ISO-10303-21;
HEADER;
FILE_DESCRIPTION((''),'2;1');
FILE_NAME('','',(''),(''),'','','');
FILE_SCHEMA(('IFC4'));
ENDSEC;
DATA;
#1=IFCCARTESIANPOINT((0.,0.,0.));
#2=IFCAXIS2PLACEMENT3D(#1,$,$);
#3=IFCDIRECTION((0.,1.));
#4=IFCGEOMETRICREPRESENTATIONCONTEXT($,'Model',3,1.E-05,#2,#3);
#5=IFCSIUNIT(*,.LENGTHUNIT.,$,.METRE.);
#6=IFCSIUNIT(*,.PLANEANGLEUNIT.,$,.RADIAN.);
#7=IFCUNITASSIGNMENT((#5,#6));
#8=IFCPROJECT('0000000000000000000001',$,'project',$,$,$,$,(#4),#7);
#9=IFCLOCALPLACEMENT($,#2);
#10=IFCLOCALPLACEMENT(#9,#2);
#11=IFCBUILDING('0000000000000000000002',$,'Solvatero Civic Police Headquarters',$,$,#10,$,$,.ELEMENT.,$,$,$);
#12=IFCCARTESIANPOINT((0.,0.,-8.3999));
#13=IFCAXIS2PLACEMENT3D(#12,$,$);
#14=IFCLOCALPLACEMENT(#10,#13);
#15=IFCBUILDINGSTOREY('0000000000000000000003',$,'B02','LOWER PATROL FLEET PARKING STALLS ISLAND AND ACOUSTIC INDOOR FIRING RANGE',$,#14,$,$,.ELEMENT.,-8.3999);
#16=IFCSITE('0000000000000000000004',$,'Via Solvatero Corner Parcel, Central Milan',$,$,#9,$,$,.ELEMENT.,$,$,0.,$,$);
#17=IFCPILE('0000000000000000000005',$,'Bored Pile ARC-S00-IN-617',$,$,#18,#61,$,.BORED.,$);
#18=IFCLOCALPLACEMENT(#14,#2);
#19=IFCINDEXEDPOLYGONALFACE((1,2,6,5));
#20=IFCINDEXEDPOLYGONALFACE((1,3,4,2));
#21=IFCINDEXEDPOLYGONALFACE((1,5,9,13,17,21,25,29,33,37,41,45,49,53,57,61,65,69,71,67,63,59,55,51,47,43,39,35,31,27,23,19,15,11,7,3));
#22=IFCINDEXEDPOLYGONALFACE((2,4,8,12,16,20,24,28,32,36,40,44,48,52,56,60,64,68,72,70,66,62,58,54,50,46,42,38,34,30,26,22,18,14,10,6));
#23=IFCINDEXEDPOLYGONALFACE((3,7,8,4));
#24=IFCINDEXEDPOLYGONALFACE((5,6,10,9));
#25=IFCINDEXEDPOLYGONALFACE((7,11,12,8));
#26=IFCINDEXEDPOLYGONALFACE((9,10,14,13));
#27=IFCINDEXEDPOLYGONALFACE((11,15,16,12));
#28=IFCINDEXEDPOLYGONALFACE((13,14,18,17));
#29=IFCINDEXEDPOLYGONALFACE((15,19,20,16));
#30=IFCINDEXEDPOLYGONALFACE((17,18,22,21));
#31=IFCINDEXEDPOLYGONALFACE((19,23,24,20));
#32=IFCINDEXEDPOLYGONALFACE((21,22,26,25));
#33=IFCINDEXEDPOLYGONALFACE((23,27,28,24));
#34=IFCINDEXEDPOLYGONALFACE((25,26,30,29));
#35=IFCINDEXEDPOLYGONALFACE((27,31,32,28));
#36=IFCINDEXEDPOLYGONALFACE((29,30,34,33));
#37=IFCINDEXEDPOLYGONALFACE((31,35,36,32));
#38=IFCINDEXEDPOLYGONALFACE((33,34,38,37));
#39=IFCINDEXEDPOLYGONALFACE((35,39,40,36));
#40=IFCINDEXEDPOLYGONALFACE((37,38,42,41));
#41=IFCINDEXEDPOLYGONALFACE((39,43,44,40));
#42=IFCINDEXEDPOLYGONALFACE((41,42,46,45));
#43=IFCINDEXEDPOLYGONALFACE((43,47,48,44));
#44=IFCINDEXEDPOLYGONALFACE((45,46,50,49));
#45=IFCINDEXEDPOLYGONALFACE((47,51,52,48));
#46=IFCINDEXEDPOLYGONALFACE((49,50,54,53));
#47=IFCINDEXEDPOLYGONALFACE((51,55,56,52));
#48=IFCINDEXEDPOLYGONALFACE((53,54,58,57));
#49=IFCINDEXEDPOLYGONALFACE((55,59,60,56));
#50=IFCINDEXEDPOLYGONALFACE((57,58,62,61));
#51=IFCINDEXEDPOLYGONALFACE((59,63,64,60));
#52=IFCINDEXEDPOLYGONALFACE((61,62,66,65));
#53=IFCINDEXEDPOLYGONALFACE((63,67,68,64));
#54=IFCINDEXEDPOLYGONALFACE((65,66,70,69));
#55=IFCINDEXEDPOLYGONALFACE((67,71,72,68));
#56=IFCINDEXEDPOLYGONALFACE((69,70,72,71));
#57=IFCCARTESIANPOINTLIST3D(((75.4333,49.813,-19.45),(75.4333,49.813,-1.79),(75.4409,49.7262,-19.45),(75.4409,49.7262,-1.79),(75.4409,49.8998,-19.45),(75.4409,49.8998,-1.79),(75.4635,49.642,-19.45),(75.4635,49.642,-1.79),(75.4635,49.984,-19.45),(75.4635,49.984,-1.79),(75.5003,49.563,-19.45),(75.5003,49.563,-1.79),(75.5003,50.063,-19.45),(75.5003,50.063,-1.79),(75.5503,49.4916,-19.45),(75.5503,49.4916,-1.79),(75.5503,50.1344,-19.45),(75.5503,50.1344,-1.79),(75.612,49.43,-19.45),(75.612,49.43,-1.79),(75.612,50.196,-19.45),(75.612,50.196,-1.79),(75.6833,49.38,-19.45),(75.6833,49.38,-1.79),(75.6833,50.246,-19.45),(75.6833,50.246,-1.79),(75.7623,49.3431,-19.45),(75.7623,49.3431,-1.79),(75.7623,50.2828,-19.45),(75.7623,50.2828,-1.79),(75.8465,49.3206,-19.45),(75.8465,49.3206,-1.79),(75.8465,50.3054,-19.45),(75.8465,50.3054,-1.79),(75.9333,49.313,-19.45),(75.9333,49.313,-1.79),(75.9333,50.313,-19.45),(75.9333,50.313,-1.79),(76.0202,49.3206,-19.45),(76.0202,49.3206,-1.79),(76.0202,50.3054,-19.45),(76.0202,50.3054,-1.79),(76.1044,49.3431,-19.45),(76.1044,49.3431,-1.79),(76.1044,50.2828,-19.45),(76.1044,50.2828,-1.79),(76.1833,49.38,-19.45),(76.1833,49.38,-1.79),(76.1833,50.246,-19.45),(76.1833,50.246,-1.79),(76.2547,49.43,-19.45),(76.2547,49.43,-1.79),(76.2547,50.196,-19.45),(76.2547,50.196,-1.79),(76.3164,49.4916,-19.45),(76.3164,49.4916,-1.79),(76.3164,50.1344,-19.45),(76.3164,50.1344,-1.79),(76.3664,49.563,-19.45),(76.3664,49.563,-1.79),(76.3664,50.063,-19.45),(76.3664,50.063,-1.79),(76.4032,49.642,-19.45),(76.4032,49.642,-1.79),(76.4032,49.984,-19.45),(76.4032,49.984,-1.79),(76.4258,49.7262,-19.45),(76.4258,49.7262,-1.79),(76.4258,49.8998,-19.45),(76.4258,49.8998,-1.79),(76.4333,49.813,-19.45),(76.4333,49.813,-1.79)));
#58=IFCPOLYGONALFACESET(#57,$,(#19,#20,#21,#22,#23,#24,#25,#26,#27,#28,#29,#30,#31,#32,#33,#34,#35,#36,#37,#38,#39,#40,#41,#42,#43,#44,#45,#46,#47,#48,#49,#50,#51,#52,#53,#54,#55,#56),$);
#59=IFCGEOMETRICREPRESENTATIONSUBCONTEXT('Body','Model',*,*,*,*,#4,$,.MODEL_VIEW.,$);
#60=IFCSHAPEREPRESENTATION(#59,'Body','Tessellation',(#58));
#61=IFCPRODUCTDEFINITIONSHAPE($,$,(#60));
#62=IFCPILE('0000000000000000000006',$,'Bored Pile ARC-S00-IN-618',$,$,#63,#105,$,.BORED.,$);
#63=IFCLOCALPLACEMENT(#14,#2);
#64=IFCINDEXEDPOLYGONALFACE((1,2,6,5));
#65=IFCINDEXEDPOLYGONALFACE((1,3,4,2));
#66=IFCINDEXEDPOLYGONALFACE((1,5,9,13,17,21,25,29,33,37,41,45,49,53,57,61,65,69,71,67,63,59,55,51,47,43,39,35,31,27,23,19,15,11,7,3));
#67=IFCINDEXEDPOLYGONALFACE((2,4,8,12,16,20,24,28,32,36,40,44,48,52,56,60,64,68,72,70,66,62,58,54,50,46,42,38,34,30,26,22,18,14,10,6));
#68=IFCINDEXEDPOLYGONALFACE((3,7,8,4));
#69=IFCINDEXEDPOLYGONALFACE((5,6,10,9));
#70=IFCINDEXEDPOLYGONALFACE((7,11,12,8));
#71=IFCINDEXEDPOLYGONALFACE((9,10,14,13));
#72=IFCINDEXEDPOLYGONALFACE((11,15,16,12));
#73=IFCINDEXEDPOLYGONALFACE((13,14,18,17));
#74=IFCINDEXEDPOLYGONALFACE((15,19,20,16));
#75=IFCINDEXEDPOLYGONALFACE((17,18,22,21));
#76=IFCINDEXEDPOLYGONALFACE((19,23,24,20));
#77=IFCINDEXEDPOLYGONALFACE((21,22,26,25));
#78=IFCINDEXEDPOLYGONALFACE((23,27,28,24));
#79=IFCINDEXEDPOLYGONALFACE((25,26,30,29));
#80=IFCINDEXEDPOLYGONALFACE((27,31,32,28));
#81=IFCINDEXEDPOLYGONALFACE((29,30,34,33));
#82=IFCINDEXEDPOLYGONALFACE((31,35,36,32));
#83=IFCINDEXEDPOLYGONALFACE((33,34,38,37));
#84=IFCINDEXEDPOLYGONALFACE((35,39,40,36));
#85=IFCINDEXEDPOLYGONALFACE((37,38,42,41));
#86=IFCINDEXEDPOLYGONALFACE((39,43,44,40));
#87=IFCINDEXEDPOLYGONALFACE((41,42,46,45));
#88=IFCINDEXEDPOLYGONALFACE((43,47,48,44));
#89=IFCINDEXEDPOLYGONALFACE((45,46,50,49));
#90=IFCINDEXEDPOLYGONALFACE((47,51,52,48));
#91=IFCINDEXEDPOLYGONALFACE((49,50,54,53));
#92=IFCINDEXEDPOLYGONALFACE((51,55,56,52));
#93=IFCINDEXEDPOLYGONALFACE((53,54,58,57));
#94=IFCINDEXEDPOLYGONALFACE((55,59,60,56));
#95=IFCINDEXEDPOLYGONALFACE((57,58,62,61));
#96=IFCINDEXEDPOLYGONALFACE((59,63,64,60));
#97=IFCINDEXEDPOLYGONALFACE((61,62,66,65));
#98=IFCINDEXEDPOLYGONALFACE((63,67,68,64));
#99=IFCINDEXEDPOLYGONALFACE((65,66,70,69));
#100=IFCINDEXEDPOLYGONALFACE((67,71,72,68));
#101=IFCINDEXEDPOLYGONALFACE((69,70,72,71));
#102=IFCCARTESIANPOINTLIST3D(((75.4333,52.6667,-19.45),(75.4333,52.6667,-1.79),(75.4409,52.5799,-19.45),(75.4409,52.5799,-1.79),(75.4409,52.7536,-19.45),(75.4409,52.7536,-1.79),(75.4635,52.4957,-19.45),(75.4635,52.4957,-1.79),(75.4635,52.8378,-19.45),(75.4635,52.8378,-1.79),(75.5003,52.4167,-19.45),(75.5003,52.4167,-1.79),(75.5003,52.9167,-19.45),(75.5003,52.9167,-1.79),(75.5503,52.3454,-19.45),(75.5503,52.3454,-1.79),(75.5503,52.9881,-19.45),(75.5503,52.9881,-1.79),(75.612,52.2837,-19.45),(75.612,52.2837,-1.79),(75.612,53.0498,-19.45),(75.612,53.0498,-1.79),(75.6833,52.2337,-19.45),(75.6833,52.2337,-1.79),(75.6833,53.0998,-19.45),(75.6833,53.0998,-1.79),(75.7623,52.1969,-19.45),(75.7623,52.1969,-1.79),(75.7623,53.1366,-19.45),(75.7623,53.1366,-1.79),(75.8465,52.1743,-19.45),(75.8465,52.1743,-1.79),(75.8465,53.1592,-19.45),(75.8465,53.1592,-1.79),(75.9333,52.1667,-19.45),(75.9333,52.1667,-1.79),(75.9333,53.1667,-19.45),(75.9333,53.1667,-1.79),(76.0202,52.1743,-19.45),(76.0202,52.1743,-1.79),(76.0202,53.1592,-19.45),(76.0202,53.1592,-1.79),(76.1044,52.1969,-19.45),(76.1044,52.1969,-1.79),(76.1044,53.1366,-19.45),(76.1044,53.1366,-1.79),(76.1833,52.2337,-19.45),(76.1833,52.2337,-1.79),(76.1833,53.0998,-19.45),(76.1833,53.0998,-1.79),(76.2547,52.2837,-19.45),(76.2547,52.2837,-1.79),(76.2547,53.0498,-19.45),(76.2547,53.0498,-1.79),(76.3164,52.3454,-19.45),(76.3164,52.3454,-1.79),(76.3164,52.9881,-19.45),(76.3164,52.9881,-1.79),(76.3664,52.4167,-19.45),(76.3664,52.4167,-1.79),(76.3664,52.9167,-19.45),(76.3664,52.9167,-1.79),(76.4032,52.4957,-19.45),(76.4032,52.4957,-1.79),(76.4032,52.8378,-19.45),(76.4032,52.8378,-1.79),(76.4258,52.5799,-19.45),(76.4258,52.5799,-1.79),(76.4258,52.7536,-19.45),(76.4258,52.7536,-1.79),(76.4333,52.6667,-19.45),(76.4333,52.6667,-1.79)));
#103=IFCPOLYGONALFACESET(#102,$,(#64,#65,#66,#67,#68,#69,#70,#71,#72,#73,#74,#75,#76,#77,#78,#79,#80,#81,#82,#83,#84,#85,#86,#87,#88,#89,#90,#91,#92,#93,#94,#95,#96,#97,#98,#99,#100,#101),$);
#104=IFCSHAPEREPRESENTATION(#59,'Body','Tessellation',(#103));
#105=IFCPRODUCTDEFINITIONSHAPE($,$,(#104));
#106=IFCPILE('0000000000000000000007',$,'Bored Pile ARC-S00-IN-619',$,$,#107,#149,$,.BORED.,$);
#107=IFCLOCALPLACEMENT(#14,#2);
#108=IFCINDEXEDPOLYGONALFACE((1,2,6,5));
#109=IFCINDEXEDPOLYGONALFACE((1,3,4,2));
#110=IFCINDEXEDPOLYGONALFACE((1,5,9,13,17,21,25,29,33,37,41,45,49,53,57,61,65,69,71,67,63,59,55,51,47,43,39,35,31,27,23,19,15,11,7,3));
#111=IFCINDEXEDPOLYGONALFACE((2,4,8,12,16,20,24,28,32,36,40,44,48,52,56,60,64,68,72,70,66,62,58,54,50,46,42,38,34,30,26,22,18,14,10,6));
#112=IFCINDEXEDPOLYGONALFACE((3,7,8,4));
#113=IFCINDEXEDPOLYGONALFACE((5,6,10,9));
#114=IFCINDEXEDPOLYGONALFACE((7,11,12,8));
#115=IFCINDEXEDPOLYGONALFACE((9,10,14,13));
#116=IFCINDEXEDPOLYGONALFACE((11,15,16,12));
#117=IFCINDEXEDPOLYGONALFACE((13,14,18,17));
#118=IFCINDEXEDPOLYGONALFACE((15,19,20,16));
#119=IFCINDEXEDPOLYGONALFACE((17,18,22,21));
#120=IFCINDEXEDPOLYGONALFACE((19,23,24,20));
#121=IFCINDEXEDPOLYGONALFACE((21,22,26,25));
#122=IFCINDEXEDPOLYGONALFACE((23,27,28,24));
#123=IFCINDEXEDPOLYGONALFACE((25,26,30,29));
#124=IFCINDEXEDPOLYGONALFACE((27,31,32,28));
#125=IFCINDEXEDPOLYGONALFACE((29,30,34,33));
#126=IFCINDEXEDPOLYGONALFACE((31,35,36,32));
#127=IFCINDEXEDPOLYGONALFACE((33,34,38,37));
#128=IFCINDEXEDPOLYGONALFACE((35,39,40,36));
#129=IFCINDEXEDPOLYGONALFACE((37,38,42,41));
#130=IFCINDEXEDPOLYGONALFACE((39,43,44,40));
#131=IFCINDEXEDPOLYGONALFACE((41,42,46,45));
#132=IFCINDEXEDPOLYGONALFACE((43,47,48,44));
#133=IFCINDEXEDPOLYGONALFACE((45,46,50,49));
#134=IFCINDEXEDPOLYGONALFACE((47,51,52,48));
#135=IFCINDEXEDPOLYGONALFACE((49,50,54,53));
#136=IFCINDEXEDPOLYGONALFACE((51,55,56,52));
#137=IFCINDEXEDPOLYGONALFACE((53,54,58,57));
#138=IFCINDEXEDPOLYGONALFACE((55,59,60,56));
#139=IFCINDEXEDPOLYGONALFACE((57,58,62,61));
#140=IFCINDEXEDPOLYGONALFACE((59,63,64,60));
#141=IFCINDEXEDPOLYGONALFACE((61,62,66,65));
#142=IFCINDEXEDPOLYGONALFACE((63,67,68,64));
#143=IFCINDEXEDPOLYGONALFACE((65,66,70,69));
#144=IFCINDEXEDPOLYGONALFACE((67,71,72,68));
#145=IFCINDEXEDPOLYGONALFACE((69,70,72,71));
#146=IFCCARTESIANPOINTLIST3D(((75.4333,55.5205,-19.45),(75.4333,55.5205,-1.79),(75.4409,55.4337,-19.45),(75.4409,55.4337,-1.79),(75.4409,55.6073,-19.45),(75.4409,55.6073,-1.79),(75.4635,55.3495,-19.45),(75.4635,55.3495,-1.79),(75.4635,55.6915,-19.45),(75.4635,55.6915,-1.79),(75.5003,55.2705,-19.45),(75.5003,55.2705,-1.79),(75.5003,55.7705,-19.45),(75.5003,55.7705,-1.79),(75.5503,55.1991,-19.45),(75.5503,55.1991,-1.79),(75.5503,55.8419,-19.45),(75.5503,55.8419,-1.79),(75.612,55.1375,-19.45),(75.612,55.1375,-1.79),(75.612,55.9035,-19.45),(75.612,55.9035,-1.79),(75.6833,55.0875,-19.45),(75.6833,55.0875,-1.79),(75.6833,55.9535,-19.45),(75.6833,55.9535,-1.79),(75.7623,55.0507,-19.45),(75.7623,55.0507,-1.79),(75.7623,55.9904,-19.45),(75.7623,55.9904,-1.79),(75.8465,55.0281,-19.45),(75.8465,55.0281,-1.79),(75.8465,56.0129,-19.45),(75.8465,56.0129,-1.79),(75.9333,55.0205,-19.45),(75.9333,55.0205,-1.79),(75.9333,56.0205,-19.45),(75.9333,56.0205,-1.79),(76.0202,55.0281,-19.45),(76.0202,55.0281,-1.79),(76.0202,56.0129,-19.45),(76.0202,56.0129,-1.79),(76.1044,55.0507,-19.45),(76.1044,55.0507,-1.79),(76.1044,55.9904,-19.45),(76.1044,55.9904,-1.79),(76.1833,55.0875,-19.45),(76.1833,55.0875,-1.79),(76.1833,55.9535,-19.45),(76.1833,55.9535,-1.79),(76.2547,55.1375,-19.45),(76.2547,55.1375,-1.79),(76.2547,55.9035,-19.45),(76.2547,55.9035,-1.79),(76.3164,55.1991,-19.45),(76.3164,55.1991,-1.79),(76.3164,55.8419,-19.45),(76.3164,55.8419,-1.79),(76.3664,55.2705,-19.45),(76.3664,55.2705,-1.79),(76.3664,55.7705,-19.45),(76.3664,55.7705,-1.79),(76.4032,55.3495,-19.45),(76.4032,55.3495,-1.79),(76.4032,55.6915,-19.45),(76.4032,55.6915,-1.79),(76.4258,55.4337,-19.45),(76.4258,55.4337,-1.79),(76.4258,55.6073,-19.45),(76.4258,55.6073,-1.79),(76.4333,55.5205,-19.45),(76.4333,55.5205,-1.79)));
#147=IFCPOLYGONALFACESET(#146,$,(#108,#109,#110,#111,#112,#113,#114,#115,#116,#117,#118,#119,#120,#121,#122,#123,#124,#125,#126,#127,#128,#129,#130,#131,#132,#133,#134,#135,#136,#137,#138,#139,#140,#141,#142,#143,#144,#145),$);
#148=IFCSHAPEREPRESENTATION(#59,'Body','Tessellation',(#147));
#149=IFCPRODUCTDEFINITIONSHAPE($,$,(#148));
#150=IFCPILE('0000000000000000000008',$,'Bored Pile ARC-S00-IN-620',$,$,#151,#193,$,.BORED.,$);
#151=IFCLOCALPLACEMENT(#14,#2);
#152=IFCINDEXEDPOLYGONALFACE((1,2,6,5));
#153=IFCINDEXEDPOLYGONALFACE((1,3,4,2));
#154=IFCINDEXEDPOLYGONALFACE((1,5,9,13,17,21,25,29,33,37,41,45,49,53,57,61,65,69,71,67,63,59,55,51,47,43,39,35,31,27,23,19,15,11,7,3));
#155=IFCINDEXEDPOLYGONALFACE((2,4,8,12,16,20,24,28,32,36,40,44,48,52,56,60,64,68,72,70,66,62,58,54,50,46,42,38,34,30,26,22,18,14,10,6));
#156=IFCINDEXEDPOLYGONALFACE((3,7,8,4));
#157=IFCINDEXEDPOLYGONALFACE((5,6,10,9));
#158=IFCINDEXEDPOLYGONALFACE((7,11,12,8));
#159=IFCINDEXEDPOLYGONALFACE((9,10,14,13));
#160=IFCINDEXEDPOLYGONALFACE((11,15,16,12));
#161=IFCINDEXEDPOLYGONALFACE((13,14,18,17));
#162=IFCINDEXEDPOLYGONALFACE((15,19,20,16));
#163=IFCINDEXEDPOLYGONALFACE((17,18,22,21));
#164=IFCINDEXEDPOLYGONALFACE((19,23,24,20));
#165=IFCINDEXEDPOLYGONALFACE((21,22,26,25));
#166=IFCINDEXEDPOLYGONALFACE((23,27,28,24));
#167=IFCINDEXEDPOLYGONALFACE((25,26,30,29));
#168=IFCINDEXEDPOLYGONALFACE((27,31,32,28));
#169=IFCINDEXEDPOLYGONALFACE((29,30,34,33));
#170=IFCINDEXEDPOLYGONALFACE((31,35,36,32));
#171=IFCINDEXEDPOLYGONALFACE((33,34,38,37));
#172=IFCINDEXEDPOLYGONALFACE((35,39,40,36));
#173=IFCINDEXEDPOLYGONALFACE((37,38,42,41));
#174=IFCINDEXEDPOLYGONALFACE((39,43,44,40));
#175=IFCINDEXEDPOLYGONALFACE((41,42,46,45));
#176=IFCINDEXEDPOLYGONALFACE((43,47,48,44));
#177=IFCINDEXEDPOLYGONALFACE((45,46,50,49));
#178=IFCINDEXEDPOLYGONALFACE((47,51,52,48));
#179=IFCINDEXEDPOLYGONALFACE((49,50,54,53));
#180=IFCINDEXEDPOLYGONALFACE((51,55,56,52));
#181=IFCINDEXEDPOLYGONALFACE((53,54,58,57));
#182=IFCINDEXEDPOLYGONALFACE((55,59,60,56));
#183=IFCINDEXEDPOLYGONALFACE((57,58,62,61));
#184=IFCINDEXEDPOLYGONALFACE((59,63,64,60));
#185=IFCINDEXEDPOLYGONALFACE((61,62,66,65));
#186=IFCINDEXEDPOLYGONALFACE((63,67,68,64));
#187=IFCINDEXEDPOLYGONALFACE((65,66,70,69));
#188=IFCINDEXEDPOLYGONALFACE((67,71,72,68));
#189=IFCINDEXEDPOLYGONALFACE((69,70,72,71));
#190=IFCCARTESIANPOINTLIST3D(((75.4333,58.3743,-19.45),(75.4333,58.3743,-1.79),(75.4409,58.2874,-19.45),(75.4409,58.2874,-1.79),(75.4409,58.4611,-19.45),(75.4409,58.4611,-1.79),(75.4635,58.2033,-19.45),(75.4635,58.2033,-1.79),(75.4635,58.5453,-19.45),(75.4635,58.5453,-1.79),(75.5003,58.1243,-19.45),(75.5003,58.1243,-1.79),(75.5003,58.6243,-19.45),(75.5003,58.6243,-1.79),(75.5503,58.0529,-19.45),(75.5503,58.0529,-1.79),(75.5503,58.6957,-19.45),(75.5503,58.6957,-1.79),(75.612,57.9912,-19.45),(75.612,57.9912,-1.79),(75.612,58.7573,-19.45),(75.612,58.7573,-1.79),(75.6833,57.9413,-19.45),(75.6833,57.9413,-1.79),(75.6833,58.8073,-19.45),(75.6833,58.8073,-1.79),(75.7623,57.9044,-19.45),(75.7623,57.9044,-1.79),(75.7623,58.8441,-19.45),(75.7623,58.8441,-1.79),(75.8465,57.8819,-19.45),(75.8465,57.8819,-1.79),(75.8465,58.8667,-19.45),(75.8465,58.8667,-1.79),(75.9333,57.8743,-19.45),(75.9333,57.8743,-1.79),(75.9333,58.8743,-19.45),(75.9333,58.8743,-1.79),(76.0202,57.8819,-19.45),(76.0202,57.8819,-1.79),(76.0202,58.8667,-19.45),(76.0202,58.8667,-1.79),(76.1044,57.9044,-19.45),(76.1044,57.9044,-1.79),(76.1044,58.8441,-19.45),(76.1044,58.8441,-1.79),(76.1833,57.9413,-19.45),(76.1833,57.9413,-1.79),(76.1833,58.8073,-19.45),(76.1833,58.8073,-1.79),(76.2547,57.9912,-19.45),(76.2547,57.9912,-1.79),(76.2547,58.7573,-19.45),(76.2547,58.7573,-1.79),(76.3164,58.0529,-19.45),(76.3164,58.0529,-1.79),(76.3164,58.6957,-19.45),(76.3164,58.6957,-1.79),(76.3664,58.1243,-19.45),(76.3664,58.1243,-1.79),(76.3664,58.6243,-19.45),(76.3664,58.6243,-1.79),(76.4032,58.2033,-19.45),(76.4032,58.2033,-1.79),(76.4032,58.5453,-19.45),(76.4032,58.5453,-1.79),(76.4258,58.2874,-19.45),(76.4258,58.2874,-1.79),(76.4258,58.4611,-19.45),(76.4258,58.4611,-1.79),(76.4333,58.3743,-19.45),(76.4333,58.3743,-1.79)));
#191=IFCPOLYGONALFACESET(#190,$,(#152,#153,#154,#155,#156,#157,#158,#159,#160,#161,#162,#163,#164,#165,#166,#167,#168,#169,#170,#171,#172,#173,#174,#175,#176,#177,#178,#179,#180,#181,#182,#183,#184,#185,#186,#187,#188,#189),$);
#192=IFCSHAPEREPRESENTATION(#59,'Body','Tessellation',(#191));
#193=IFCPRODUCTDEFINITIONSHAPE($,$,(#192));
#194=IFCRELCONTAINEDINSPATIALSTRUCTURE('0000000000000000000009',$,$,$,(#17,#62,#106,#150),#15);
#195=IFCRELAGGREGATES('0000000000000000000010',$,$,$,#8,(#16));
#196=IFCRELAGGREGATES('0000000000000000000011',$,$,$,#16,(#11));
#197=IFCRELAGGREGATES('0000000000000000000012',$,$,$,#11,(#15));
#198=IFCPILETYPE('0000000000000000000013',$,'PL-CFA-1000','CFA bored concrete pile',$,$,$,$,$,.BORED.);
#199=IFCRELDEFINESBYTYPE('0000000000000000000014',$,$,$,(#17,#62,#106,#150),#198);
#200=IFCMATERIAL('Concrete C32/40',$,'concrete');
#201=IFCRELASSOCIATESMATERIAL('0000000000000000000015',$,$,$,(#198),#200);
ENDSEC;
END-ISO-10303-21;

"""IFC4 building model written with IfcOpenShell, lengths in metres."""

from ifc_helpers import new_model, si_unit, direction, frame, origin, origin_2d, place, context, subcontext, project, spatial, circle, extrude, material, material_profile, profile_set, type_object, element, save


model = new_model("IFC4")

# Units and contexts
model_context = context("Model", 3, precision=1e-05, world=origin(), true_north=direction((0.0, 1.0)))
body_context = subcontext(model_context, "Body", "Model", "MODEL_VIEW")
ifc_project = project(units=[si_unit("LENGTHUNIT", "METRE"), si_unit("PLANEANGLEUNIT", "RADIAN")], contexts=[model_context])

# Site, building, storey
site_placement = place(None, origin())
site = spatial("IfcSite", under=ifc_project, at=site_placement, Name="Via Solvatero Corner Parcel, Central Milan", CompositionType="ELEMENT", RefElevation=0.0)
building_placement = place(site_placement, origin())
building = spatial("IfcBuilding", under=site, at=building_placement, Name="Solvatero Civic Police Headquarters", CompositionType="ELEMENT")
storey_placement = place(building_placement, frame((0.0, 0.0, -8.3999)))
storey = spatial("IfcBuildingStorey", under=building, at=storey_placement, Name="B02", Description="LOWER PATROL FLEET PARKING STALLS ISLAND AND ACOUSTIC INDOOR FIRING RANGE", CompositionType="ELEMENT", Elevation=-8.3999)

# Piles
ifc_material_1 = material(Name="Concrete C32/40", Category="concrete")
ifc_material_profile_1 = material_profile(ifc_material_1, circle(Radius=0.5, at=origin_2d()), Name="CFA PILE D1000")
ifc_profile_set_1 = profile_set([ifc_material_profile_1], Name="Concrete C32/40")
pile_type = type_object("IfcPileType", Name="PL-CFA-1000", Description="CFA bored concrete pile", PredefinedType="BORED", material=ifc_profile_set_1)
for number, where, z_axis, x_axis, name in (
    (1, (75.9333, 49.813, -1.79), (0.0, 0.0, -1.0), (1.0, 0.0, 0.0), "Bored Pile ARC-S00-IN-617"),
    (2, (75.9333, 52.6667, -1.79), (0.0, 0.0, -1.0), (1.0, 0.0, 0.0), "Bored Pile ARC-S00-IN-618"),
    (3, (75.9333, 55.5205, -1.79), (0.0, 0.0, -1.0), (1.0, 0.0, 0.0), "Bored Pile ARC-S00-IN-619"),
    (4, (75.9333, 58.3743, -1.79), (0.0, 0.0, -1.0), (1.0, 0.0, 0.0), "Bored Pile ARC-S00-IN-620"),
):
    element("IfcPile", number, at=place(storey_placement, frame(where, z_axis=z_axis, x_axis=x_axis)), inside=storey, type_object=pile_type, Name=name, PredefinedType="BORED", context=body_context, shape_type="SweptSolid", body=[
        extrude(circle(Radius=0.5, at=origin_2d()), origin(), (0.0, 0.0, 1.0), 17.6599),
    ])

save(model, "model.ifc")
